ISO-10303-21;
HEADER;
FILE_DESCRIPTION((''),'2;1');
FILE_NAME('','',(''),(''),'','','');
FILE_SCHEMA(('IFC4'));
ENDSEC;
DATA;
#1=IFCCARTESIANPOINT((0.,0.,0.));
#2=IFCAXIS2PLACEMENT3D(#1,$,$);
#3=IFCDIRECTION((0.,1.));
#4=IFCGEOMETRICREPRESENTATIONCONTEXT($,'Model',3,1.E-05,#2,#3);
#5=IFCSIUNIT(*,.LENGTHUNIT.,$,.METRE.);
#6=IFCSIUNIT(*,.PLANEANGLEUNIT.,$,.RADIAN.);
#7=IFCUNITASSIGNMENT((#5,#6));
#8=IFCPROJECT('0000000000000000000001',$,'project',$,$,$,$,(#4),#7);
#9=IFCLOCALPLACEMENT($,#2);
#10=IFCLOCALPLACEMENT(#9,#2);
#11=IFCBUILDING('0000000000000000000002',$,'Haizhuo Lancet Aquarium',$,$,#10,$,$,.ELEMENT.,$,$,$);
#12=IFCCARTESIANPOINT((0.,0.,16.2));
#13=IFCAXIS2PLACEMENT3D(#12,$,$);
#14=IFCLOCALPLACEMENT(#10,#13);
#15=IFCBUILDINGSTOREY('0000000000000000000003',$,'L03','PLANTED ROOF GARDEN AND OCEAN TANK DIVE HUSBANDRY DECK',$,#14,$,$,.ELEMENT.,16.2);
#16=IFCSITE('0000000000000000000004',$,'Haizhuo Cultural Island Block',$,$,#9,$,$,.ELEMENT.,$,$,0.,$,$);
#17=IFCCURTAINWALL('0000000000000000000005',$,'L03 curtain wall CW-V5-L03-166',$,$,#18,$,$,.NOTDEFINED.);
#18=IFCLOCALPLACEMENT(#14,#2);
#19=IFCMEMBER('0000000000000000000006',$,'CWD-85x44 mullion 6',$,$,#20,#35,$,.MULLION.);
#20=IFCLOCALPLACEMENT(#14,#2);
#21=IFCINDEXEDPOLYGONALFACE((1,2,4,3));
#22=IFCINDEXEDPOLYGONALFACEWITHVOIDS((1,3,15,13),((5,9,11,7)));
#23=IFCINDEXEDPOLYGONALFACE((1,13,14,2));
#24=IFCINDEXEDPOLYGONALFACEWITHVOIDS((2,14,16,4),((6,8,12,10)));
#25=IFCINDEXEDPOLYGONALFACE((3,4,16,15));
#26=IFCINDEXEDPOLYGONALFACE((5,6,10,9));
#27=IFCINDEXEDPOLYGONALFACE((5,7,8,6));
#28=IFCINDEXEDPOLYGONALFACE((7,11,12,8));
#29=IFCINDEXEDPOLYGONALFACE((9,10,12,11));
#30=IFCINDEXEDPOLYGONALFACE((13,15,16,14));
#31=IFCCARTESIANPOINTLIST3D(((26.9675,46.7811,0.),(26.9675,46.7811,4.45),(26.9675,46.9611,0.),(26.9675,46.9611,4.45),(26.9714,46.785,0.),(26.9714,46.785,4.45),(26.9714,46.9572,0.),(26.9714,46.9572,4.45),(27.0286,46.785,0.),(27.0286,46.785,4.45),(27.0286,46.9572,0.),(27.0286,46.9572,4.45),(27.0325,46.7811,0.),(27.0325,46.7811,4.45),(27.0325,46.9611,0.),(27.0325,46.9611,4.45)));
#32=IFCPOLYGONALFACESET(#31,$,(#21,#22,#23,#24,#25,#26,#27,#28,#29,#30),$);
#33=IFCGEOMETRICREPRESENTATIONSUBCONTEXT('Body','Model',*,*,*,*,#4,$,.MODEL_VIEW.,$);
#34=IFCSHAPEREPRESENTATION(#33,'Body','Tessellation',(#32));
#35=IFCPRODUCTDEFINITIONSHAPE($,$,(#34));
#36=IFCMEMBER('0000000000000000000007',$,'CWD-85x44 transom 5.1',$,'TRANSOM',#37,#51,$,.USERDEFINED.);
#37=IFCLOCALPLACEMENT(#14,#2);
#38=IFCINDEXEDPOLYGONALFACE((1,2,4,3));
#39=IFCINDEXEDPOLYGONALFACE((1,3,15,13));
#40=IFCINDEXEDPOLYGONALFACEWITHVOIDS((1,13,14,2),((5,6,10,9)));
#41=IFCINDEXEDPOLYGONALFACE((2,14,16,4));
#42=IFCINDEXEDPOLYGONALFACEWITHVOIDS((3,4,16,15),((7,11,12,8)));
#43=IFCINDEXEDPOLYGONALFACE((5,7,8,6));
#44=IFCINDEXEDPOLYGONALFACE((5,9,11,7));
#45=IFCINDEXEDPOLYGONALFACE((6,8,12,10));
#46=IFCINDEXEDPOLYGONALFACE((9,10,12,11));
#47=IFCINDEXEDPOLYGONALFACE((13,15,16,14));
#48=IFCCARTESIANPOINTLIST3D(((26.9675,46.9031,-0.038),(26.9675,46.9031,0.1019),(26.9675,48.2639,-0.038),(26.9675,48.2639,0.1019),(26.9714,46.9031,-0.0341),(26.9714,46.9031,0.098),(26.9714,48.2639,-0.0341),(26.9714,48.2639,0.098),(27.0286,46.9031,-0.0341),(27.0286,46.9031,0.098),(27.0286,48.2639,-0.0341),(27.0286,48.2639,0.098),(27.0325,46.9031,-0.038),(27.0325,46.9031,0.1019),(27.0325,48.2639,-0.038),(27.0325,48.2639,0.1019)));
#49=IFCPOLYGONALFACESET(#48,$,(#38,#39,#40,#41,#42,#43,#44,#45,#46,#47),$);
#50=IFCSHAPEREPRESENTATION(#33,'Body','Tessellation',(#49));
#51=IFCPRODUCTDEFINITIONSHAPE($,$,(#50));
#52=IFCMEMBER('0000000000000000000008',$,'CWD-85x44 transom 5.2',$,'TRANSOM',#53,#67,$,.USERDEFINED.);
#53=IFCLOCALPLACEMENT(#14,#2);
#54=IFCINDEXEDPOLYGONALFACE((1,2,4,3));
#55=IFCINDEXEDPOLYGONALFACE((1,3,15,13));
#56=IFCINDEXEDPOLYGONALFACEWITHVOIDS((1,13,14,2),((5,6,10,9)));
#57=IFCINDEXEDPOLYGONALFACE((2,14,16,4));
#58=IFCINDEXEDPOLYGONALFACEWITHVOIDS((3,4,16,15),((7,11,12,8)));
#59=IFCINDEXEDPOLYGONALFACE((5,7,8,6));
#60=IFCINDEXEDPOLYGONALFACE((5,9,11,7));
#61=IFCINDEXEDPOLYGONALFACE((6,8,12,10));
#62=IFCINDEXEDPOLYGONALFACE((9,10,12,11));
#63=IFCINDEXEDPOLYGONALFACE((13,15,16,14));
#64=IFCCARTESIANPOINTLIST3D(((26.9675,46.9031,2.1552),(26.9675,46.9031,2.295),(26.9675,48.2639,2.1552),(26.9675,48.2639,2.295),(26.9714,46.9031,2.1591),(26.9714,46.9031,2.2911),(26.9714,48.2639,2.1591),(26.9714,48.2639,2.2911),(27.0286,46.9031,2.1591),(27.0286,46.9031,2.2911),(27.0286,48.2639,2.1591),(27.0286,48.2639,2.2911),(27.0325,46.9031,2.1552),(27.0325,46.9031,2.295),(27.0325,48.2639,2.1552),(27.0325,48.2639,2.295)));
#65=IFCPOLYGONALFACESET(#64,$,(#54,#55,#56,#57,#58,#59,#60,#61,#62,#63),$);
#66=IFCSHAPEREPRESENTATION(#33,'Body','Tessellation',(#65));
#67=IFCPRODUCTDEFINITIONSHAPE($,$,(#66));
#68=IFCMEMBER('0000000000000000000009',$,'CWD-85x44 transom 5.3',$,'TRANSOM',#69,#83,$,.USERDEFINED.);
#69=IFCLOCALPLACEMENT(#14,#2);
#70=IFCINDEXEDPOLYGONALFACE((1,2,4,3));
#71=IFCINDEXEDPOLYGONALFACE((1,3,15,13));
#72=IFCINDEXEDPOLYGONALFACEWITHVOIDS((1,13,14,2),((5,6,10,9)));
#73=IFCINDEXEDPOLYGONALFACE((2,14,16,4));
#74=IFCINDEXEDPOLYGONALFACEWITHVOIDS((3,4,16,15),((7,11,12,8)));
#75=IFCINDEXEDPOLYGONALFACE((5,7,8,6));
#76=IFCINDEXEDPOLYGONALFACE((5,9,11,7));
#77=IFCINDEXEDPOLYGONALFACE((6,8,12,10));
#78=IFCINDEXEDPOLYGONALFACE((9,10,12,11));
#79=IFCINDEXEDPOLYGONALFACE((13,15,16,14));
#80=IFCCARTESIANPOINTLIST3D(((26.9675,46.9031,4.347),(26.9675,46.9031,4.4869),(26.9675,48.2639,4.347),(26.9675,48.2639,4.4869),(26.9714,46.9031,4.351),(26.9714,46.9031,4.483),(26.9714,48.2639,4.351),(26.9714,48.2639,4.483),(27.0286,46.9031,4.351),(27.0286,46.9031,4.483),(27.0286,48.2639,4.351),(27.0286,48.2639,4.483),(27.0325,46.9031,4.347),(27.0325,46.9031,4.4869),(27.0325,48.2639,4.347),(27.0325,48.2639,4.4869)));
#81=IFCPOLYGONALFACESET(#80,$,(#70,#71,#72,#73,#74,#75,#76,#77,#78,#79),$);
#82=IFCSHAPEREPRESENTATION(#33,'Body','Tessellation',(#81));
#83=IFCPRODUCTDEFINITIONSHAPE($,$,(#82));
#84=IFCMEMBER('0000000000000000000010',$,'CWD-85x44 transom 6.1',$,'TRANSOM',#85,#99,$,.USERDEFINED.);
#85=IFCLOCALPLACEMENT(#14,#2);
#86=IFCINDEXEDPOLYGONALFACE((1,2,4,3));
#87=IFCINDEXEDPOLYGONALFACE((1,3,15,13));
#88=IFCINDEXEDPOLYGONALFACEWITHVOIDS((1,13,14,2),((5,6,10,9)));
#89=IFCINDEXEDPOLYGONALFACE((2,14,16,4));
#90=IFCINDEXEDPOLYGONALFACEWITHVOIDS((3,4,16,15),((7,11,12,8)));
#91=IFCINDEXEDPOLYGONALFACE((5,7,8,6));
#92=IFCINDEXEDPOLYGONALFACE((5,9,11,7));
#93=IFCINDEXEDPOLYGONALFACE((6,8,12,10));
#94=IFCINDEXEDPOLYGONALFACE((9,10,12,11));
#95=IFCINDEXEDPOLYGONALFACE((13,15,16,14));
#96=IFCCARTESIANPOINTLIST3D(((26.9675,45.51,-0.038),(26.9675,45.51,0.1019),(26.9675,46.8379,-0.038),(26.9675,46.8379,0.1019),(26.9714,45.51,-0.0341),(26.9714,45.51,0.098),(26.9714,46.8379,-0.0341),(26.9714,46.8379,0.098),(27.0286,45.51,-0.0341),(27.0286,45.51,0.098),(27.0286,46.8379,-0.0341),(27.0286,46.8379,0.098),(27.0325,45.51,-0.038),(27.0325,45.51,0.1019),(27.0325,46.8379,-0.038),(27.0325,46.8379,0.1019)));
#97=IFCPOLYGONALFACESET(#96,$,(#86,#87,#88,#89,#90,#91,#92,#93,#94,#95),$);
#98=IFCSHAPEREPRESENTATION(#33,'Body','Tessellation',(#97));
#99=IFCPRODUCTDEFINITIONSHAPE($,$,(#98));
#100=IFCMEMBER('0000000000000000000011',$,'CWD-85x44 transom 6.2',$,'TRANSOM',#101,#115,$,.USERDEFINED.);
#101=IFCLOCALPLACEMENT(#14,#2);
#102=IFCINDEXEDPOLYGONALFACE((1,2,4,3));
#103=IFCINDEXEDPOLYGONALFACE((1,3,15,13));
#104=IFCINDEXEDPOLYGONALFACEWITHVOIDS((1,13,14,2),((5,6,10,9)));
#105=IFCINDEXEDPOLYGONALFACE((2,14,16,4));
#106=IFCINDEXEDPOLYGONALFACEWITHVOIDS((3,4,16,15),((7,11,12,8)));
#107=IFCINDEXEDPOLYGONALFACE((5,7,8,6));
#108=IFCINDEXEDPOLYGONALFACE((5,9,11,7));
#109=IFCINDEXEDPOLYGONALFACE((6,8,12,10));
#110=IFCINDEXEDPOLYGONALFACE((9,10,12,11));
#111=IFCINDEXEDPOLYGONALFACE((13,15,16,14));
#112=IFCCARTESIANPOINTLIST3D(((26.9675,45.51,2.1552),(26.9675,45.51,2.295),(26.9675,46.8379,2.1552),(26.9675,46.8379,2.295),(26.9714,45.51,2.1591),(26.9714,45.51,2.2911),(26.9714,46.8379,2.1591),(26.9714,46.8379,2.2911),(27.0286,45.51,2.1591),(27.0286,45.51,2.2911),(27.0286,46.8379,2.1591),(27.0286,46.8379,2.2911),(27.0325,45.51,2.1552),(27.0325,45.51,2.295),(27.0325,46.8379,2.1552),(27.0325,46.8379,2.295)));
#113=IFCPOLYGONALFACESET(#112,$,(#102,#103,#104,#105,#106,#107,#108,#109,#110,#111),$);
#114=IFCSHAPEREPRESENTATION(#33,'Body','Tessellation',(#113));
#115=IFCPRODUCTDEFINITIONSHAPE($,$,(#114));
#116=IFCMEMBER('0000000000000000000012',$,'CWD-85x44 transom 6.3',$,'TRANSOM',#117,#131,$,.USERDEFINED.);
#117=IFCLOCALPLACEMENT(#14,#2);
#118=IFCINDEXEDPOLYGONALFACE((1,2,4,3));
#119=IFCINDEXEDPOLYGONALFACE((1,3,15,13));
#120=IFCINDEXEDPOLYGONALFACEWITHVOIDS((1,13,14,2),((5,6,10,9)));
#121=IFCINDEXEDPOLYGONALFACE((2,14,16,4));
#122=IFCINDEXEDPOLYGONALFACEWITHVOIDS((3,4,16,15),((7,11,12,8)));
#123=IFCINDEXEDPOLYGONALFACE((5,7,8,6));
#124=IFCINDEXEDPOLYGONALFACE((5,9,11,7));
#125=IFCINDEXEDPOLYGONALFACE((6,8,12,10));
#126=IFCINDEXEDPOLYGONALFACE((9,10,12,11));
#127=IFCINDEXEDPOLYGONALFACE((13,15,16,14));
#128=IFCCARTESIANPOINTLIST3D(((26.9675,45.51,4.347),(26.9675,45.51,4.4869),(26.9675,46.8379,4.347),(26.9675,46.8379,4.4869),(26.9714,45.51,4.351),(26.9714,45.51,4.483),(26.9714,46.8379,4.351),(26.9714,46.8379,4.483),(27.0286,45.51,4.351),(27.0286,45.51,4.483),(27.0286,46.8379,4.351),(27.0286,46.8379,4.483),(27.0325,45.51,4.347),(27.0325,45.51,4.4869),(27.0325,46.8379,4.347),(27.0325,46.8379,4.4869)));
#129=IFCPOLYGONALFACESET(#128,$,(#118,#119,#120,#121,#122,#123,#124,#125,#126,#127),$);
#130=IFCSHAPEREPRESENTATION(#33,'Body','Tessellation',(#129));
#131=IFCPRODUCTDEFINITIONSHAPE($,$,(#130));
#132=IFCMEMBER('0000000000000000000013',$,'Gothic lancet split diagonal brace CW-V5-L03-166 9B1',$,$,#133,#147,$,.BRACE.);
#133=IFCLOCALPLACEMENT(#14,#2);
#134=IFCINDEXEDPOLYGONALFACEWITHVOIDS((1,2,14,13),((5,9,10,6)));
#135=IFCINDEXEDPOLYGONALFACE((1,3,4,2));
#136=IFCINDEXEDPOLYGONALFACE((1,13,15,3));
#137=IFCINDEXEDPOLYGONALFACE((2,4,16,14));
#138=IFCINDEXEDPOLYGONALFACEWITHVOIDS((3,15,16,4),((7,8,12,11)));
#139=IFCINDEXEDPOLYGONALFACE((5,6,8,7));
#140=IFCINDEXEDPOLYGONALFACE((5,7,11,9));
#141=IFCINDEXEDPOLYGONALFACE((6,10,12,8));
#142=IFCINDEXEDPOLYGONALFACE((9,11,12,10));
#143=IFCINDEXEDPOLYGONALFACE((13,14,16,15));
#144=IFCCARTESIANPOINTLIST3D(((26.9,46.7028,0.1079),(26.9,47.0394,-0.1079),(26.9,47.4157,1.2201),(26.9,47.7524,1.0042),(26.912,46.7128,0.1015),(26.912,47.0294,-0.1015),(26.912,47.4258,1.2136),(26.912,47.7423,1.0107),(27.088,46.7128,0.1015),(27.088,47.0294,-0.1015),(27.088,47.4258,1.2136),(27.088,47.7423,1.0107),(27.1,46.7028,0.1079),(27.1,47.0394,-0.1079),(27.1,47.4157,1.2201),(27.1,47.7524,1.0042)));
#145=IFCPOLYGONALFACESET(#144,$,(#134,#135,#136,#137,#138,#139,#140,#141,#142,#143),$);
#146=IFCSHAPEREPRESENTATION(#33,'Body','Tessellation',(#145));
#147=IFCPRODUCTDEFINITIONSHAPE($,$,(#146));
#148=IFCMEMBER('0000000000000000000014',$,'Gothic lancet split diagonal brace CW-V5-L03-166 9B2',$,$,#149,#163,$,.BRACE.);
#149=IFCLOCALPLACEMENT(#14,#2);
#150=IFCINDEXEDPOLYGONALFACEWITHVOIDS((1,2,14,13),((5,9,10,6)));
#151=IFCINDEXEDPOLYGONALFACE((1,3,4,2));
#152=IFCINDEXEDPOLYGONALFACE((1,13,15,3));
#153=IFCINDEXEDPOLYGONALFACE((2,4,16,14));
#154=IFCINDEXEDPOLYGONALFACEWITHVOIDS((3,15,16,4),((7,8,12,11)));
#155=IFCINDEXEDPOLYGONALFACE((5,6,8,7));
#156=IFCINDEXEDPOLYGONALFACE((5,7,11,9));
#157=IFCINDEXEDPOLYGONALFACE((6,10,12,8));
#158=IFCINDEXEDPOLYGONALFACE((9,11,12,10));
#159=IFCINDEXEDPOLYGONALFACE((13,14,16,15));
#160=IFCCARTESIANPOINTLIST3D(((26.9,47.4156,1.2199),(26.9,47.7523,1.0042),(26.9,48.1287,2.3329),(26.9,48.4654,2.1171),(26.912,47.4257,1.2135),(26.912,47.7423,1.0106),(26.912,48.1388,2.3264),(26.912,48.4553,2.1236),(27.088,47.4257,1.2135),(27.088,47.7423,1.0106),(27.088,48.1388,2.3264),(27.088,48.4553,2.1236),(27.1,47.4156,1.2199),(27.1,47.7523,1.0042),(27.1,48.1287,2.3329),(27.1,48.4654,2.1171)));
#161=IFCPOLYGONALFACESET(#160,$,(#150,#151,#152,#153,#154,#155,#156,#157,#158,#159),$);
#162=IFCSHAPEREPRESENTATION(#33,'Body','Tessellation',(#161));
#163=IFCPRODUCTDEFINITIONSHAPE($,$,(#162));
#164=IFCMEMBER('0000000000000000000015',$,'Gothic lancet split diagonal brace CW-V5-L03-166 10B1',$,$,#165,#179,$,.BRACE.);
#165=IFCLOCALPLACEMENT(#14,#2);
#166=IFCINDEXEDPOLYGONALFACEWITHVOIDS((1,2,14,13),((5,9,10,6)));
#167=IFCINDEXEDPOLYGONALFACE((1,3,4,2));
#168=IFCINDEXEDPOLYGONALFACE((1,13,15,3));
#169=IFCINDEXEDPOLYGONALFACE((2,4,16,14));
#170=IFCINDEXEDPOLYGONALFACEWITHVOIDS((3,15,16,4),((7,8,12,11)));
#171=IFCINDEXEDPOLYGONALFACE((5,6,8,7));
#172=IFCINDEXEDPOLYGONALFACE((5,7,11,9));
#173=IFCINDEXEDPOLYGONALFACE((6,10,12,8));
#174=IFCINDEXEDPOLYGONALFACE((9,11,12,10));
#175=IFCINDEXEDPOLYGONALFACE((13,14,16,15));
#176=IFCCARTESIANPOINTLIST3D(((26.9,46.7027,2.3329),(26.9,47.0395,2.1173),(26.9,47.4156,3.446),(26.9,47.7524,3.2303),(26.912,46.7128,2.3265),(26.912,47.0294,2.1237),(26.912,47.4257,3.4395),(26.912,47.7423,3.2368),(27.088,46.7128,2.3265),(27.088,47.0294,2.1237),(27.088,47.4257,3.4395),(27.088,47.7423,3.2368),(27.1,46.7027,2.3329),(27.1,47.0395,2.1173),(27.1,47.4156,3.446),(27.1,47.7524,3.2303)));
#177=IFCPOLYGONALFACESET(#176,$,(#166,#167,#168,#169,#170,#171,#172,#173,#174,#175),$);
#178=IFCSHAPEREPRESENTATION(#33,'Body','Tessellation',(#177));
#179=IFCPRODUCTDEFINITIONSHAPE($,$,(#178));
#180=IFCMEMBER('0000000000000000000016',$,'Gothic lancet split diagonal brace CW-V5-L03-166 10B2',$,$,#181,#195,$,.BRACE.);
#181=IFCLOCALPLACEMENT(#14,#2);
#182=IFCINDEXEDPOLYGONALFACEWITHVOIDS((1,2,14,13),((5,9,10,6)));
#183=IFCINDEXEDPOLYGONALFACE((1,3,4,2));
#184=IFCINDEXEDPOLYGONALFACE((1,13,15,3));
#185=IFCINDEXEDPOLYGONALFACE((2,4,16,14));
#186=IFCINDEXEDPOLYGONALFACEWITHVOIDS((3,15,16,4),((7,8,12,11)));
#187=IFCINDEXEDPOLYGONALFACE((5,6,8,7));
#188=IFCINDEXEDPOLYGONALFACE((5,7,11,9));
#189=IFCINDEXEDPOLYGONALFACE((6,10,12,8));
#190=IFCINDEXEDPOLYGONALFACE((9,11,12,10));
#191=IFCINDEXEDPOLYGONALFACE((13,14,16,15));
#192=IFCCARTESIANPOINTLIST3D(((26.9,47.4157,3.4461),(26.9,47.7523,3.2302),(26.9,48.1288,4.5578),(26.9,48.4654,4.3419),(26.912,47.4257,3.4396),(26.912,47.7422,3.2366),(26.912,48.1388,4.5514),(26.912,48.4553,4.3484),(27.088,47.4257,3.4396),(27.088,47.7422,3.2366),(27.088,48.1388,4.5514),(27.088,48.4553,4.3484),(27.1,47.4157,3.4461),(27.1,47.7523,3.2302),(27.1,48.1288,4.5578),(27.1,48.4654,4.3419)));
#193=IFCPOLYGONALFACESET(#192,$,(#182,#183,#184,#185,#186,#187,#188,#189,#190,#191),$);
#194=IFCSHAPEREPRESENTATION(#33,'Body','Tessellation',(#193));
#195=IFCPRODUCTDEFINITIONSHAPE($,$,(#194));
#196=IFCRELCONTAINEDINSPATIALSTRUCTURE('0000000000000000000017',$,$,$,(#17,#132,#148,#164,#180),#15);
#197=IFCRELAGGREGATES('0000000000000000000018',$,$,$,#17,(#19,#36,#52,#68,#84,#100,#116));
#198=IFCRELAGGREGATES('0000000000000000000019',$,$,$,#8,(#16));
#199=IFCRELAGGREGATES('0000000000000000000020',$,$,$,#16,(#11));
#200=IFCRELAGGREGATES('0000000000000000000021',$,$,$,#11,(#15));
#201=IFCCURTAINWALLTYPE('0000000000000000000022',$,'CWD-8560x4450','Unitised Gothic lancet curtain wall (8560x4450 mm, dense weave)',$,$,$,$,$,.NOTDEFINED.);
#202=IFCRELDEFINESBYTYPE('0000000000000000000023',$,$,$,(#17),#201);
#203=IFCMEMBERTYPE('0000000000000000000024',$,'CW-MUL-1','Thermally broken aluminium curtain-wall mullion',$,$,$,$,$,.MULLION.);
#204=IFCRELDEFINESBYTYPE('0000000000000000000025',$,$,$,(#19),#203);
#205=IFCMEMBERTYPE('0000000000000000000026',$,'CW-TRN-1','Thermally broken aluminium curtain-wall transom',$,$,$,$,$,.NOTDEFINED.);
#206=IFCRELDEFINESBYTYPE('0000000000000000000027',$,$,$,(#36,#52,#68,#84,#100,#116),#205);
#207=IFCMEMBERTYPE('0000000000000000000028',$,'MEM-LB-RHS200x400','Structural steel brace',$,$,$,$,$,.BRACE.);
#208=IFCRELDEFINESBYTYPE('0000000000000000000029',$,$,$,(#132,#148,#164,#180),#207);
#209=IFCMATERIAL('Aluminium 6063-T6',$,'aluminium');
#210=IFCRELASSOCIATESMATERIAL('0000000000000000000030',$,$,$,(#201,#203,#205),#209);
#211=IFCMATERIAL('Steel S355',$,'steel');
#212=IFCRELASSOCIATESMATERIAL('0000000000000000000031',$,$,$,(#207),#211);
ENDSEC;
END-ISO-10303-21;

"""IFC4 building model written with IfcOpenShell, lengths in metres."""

from ifc_helpers import new_model, si_unit, direction, frame, origin, origin_2d, place, context, subcontext, project, spatial, hollow_rectangle, extrude, material, material_profile, profile_set, type_object, element, aggregate, save


model = new_model("IFC4")

# Units and contexts
model_context = context("Model", 3, precision=1e-05, world=origin(), true_north=direction((0.0, 1.0)))
body_context = subcontext(model_context, "Body", "Model", "MODEL_VIEW")
ifc_project = project(units=[si_unit("LENGTHUNIT", "METRE"), si_unit("PLANEANGLEUNIT", "RADIAN")], contexts=[model_context])

# Site, building, storey
site_placement = place(None, origin())
site = spatial("IfcSite", under=ifc_project, at=site_placement, Name="Haizhuo Cultural Island Block", CompositionType="ELEMENT", RefElevation=0.0)
building_placement = place(site_placement, origin())
building = spatial("IfcBuilding", under=site, at=building_placement, Name="Haizhuo Lancet Aquarium", CompositionType="ELEMENT")
storey_placement = place(building_placement, frame((0.0, 0.0, 16.2)))
storey = spatial("IfcBuildingStorey", under=building, at=storey_placement, Name="L03", Description="PLANTED ROOF GARDEN AND OCEAN TANK DIVE HUSBANDRY DECK", CompositionType="ELEMENT", Elevation=16.2)

# Curtain wall, members
ifc_material_1 = material(Name="Aluminium 6063-T6", Category="aluminium")
curtain_wall_type = type_object("IfcCurtainWallType", Name="CWD-8560x4450", Description="Unitised Gothic lancet curtain wall (8560x4450 mm, dense weave)", PredefinedType="NOTDEFINED", material=ifc_material_1)
curtain_wall_placement = place(storey_placement, origin())
curtain_wall = element("IfcCurtainWall", 1, at=curtain_wall_placement, inside=storey, type_object=curtain_wall_type, Name="L03 curtain wall CW-V5-L03-166", PredefinedType="NOTDEFINED")
ifc_material_profile_1 = material_profile(ifc_material_1, hollow_rectangle(XDim=0.0649, YDim=0.1799, WallThickness=0.0039, at=origin_2d()), Name="ALU-M 65x180x4")
ifc_profile_set_1 = profile_set([ifc_material_profile_1], Name="Aluminium 6063-T6")
member_type_1 = type_object("IfcMemberType", Name="CW-MUL-1", Description="Thermally broken aluminium curtain-wall mullion", PredefinedType="MULLION", material=ifc_profile_set_1)
member_1_placement = place(storey_placement, frame((27.0, 46.8711, 0.0), z_axis=(0.0, 0.0, 1.0), x_axis=(1.0, 0.0, 0.0)))
member_1 = element("IfcMember", 2, at=member_1_placement, type_object=member_type_1, Name="CWD-85x44 mullion 6", PredefinedType="MULLION", context=body_context, shape_type="SweptSolid", body=[
    extrude(hollow_rectangle(XDim=0.0649, YDim=0.1799, WallThickness=0.0039, at=origin_2d()), origin(), (0.0, 0.0, 1.0), 4.45),
])
ifc_material_profile_2 = material_profile(ifc_material_1, hollow_rectangle(XDim=0.0649, YDim=0.1399, WallThickness=0.0039, at=origin_2d()), Name="ALU-T 65x140x4")
ifc_profile_set_2 = profile_set([ifc_material_profile_2], Name="Aluminium 6063-T6")
member_type_2 = type_object("IfcMemberType", Name="CW-TRN-1", Description="Thermally broken aluminium curtain-wall transom", PredefinedType="NOTDEFINED", material=ifc_profile_set_2)
member_2_placement = place(storey_placement, frame((27.0, 48.2639, 0.032), z_axis=(0.0, -1.0, 0.0), x_axis=(1.0, 0.0, 0.0)))
member_2 = element("IfcMember", 3, at=member_2_placement, type_object=member_type_2, Name="CWD-85x44 transom 5.1", ObjectType="TRANSOM", PredefinedType="USERDEFINED", context=body_context, shape_type="SweptSolid", body=[
    extrude(hollow_rectangle(XDim=0.0649, YDim=0.1399, WallThickness=0.0039, at=origin_2d()), origin(), (0.0, 0.0, 1.0), 1.3608),
])
member_3_placement = place(storey_placement, frame((27.0, 48.2639, 2.2251), z_axis=(0.0, -1.0, 0.0), x_axis=(1.0, 0.0, 0.0)))
member_3 = element("IfcMember", 4, at=member_3_placement, type_object=member_type_2, Name="CWD-85x44 transom 5.2", ObjectType="TRANSOM", PredefinedType="USERDEFINED", context=body_context, shape_type="SweptSolid", body=[
    extrude(hollow_rectangle(XDim=0.0649, YDim=0.1399, WallThickness=0.0039, at=origin_2d()), origin(), (0.0, 0.0, 1.0), 1.3608),
])
member_4_placement = place(storey_placement, frame((27.0, 48.2639, 4.417), z_axis=(0.0, -1.0, 0.0), x_axis=(1.0, 0.0, 0.0)))
member_4 = element("IfcMember", 5, at=member_4_placement, type_object=member_type_2, Name="CWD-85x44 transom 5.3", ObjectType="TRANSOM", PredefinedType="USERDEFINED", context=body_context, shape_type="SweptSolid", body=[
    extrude(hollow_rectangle(XDim=0.0649, YDim=0.1399, WallThickness=0.0039, at=origin_2d()), origin(), (0.0, 0.0, 1.0), 1.3608),
])
member_5_placement = place(storey_placement, frame((27.0, 46.8379, 0.032), z_axis=(0.0, -1.0, 0.0), x_axis=(1.0, 0.0, 0.0)))
member_5 = element("IfcMember", 6, at=member_5_placement, type_object=member_type_2, Name="CWD-85x44 transom 6.1", ObjectType="TRANSOM", PredefinedType="USERDEFINED", context=body_context, shape_type="SweptSolid", body=[
    extrude(hollow_rectangle(XDim=0.0649, YDim=0.1399, WallThickness=0.0039, at=origin_2d()), origin(), (0.0, 0.0, 1.0), 1.3279),
])
member_6_placement = place(storey_placement, frame((27.0, 46.8379, 2.2251), z_axis=(0.0, -1.0, 0.0), x_axis=(1.0, 0.0, 0.0)))
member_6 = element("IfcMember", 7, at=member_6_placement, type_object=member_type_2, Name="CWD-85x44 transom 6.2", ObjectType="TRANSOM", PredefinedType="USERDEFINED", context=body_context, shape_type="SweptSolid", body=[
    extrude(hollow_rectangle(XDim=0.0649, YDim=0.1399, WallThickness=0.0039, at=origin_2d()), origin(), (0.0, 0.0, 1.0), 1.3279),
])
member_7_placement = place(storey_placement, frame((27.0, 46.8379, 4.417), z_axis=(0.0, -1.0, 0.0), x_axis=(1.0, 0.0, 0.0)))
member_7 = element("IfcMember", 8, at=member_7_placement, type_object=member_type_2, Name="CWD-85x44 transom 6.3", ObjectType="TRANSOM", PredefinedType="USERDEFINED", context=body_context, shape_type="SweptSolid", body=[
    extrude(hollow_rectangle(XDim=0.0649, YDim=0.1399, WallThickness=0.0039, at=origin_2d()), origin(), (0.0, 0.0, 1.0), 1.3279),
])

# Members
ifc_material_2 = material(Name="Steel S355", Category="steel")
ifc_material_profile_3 = material_profile(ifc_material_2, hollow_rectangle(XDim=0.2, YDim=0.3999, WallThickness=0.012, at=origin_2d()), Name="RHS 200x400x12")
ifc_profile_set_3 = profile_set([ifc_material_profile_3], Name="Steel S355")
member_type_3 = type_object("IfcMemberType", Name="MEM-LB-RHS200x400", Description="Structural steel brace", PredefinedType="BRACE", material=ifc_profile_set_3)
member_8_placement = place(storey_placement, frame((27.0, 46.8711, 0.0), z_axis=(0.0, 0.539683, 0.841868), x_axis=(-1.0, 0.0, 0.0)))
element("IfcMember", 9, at=member_8_placement, inside=storey, type_object=member_type_3, Name="Gothic lancet split diagonal brace CW-V5-L03-166 9B1", PredefinedType="BRACE", context=body_context, shape_type="SweptSolid", body=[
    extrude(hollow_rectangle(XDim=0.2, YDim=0.3999, WallThickness=0.012, at=origin_2d()), origin(), (0.0, 0.0, 1.0), 1.321),
])
for number, where, z_axis, x_axis, name in (
    (10, (27.0, 47.584, 1.1121), (0.0, 0.539478, 0.842), (-1.0, 0.0, 0.0), "Gothic lancet split diagonal brace CW-V5-L03-166 9B2"),
    (11, (27.0, 46.8711, 2.2251), (0.0, 0.539347, 0.842083), (-1.0, 0.0, 0.0), "Gothic lancet split diagonal brace CW-V5-L03-166 10B1"),
):
    element("IfcMember", number, at=place(storey_placement, frame(where, z_axis=z_axis, x_axis=x_axis)), inside=storey, type_object=member_type_3, Name=name, PredefinedType="BRACE", context=body_context, shape_type="SweptSolid", body=[
        extrude(hollow_rectangle(XDim=0.2, YDim=0.3999, WallThickness=0.012, at=origin_2d()), origin(), (0.0, 0.0, 1.0), 1.3218),
    ])
member_9_placement = place(storey_placement, frame((27.0, 47.584, 3.3381), z_axis=(0.0, 0.539898, 0.841731), x_axis=(-1.0, 0.0, 0.0)))
element("IfcMember", 12, at=member_9_placement, inside=storey, type_object=member_type_3, Name="Gothic lancet split diagonal brace CW-V5-L03-166 10B2", PredefinedType="BRACE", context=body_context, shape_type="SweptSolid", body=[
    extrude(hollow_rectangle(XDim=0.2, YDim=0.3999, WallThickness=0.012, at=origin_2d()), origin(), (0.0, 0.0, 1.0), 1.3208),
])

aggregate(curtain_wall, [member_1, member_2, member_3, member_4, member_5, member_6, member_7])

save(model, "model.ifc")
